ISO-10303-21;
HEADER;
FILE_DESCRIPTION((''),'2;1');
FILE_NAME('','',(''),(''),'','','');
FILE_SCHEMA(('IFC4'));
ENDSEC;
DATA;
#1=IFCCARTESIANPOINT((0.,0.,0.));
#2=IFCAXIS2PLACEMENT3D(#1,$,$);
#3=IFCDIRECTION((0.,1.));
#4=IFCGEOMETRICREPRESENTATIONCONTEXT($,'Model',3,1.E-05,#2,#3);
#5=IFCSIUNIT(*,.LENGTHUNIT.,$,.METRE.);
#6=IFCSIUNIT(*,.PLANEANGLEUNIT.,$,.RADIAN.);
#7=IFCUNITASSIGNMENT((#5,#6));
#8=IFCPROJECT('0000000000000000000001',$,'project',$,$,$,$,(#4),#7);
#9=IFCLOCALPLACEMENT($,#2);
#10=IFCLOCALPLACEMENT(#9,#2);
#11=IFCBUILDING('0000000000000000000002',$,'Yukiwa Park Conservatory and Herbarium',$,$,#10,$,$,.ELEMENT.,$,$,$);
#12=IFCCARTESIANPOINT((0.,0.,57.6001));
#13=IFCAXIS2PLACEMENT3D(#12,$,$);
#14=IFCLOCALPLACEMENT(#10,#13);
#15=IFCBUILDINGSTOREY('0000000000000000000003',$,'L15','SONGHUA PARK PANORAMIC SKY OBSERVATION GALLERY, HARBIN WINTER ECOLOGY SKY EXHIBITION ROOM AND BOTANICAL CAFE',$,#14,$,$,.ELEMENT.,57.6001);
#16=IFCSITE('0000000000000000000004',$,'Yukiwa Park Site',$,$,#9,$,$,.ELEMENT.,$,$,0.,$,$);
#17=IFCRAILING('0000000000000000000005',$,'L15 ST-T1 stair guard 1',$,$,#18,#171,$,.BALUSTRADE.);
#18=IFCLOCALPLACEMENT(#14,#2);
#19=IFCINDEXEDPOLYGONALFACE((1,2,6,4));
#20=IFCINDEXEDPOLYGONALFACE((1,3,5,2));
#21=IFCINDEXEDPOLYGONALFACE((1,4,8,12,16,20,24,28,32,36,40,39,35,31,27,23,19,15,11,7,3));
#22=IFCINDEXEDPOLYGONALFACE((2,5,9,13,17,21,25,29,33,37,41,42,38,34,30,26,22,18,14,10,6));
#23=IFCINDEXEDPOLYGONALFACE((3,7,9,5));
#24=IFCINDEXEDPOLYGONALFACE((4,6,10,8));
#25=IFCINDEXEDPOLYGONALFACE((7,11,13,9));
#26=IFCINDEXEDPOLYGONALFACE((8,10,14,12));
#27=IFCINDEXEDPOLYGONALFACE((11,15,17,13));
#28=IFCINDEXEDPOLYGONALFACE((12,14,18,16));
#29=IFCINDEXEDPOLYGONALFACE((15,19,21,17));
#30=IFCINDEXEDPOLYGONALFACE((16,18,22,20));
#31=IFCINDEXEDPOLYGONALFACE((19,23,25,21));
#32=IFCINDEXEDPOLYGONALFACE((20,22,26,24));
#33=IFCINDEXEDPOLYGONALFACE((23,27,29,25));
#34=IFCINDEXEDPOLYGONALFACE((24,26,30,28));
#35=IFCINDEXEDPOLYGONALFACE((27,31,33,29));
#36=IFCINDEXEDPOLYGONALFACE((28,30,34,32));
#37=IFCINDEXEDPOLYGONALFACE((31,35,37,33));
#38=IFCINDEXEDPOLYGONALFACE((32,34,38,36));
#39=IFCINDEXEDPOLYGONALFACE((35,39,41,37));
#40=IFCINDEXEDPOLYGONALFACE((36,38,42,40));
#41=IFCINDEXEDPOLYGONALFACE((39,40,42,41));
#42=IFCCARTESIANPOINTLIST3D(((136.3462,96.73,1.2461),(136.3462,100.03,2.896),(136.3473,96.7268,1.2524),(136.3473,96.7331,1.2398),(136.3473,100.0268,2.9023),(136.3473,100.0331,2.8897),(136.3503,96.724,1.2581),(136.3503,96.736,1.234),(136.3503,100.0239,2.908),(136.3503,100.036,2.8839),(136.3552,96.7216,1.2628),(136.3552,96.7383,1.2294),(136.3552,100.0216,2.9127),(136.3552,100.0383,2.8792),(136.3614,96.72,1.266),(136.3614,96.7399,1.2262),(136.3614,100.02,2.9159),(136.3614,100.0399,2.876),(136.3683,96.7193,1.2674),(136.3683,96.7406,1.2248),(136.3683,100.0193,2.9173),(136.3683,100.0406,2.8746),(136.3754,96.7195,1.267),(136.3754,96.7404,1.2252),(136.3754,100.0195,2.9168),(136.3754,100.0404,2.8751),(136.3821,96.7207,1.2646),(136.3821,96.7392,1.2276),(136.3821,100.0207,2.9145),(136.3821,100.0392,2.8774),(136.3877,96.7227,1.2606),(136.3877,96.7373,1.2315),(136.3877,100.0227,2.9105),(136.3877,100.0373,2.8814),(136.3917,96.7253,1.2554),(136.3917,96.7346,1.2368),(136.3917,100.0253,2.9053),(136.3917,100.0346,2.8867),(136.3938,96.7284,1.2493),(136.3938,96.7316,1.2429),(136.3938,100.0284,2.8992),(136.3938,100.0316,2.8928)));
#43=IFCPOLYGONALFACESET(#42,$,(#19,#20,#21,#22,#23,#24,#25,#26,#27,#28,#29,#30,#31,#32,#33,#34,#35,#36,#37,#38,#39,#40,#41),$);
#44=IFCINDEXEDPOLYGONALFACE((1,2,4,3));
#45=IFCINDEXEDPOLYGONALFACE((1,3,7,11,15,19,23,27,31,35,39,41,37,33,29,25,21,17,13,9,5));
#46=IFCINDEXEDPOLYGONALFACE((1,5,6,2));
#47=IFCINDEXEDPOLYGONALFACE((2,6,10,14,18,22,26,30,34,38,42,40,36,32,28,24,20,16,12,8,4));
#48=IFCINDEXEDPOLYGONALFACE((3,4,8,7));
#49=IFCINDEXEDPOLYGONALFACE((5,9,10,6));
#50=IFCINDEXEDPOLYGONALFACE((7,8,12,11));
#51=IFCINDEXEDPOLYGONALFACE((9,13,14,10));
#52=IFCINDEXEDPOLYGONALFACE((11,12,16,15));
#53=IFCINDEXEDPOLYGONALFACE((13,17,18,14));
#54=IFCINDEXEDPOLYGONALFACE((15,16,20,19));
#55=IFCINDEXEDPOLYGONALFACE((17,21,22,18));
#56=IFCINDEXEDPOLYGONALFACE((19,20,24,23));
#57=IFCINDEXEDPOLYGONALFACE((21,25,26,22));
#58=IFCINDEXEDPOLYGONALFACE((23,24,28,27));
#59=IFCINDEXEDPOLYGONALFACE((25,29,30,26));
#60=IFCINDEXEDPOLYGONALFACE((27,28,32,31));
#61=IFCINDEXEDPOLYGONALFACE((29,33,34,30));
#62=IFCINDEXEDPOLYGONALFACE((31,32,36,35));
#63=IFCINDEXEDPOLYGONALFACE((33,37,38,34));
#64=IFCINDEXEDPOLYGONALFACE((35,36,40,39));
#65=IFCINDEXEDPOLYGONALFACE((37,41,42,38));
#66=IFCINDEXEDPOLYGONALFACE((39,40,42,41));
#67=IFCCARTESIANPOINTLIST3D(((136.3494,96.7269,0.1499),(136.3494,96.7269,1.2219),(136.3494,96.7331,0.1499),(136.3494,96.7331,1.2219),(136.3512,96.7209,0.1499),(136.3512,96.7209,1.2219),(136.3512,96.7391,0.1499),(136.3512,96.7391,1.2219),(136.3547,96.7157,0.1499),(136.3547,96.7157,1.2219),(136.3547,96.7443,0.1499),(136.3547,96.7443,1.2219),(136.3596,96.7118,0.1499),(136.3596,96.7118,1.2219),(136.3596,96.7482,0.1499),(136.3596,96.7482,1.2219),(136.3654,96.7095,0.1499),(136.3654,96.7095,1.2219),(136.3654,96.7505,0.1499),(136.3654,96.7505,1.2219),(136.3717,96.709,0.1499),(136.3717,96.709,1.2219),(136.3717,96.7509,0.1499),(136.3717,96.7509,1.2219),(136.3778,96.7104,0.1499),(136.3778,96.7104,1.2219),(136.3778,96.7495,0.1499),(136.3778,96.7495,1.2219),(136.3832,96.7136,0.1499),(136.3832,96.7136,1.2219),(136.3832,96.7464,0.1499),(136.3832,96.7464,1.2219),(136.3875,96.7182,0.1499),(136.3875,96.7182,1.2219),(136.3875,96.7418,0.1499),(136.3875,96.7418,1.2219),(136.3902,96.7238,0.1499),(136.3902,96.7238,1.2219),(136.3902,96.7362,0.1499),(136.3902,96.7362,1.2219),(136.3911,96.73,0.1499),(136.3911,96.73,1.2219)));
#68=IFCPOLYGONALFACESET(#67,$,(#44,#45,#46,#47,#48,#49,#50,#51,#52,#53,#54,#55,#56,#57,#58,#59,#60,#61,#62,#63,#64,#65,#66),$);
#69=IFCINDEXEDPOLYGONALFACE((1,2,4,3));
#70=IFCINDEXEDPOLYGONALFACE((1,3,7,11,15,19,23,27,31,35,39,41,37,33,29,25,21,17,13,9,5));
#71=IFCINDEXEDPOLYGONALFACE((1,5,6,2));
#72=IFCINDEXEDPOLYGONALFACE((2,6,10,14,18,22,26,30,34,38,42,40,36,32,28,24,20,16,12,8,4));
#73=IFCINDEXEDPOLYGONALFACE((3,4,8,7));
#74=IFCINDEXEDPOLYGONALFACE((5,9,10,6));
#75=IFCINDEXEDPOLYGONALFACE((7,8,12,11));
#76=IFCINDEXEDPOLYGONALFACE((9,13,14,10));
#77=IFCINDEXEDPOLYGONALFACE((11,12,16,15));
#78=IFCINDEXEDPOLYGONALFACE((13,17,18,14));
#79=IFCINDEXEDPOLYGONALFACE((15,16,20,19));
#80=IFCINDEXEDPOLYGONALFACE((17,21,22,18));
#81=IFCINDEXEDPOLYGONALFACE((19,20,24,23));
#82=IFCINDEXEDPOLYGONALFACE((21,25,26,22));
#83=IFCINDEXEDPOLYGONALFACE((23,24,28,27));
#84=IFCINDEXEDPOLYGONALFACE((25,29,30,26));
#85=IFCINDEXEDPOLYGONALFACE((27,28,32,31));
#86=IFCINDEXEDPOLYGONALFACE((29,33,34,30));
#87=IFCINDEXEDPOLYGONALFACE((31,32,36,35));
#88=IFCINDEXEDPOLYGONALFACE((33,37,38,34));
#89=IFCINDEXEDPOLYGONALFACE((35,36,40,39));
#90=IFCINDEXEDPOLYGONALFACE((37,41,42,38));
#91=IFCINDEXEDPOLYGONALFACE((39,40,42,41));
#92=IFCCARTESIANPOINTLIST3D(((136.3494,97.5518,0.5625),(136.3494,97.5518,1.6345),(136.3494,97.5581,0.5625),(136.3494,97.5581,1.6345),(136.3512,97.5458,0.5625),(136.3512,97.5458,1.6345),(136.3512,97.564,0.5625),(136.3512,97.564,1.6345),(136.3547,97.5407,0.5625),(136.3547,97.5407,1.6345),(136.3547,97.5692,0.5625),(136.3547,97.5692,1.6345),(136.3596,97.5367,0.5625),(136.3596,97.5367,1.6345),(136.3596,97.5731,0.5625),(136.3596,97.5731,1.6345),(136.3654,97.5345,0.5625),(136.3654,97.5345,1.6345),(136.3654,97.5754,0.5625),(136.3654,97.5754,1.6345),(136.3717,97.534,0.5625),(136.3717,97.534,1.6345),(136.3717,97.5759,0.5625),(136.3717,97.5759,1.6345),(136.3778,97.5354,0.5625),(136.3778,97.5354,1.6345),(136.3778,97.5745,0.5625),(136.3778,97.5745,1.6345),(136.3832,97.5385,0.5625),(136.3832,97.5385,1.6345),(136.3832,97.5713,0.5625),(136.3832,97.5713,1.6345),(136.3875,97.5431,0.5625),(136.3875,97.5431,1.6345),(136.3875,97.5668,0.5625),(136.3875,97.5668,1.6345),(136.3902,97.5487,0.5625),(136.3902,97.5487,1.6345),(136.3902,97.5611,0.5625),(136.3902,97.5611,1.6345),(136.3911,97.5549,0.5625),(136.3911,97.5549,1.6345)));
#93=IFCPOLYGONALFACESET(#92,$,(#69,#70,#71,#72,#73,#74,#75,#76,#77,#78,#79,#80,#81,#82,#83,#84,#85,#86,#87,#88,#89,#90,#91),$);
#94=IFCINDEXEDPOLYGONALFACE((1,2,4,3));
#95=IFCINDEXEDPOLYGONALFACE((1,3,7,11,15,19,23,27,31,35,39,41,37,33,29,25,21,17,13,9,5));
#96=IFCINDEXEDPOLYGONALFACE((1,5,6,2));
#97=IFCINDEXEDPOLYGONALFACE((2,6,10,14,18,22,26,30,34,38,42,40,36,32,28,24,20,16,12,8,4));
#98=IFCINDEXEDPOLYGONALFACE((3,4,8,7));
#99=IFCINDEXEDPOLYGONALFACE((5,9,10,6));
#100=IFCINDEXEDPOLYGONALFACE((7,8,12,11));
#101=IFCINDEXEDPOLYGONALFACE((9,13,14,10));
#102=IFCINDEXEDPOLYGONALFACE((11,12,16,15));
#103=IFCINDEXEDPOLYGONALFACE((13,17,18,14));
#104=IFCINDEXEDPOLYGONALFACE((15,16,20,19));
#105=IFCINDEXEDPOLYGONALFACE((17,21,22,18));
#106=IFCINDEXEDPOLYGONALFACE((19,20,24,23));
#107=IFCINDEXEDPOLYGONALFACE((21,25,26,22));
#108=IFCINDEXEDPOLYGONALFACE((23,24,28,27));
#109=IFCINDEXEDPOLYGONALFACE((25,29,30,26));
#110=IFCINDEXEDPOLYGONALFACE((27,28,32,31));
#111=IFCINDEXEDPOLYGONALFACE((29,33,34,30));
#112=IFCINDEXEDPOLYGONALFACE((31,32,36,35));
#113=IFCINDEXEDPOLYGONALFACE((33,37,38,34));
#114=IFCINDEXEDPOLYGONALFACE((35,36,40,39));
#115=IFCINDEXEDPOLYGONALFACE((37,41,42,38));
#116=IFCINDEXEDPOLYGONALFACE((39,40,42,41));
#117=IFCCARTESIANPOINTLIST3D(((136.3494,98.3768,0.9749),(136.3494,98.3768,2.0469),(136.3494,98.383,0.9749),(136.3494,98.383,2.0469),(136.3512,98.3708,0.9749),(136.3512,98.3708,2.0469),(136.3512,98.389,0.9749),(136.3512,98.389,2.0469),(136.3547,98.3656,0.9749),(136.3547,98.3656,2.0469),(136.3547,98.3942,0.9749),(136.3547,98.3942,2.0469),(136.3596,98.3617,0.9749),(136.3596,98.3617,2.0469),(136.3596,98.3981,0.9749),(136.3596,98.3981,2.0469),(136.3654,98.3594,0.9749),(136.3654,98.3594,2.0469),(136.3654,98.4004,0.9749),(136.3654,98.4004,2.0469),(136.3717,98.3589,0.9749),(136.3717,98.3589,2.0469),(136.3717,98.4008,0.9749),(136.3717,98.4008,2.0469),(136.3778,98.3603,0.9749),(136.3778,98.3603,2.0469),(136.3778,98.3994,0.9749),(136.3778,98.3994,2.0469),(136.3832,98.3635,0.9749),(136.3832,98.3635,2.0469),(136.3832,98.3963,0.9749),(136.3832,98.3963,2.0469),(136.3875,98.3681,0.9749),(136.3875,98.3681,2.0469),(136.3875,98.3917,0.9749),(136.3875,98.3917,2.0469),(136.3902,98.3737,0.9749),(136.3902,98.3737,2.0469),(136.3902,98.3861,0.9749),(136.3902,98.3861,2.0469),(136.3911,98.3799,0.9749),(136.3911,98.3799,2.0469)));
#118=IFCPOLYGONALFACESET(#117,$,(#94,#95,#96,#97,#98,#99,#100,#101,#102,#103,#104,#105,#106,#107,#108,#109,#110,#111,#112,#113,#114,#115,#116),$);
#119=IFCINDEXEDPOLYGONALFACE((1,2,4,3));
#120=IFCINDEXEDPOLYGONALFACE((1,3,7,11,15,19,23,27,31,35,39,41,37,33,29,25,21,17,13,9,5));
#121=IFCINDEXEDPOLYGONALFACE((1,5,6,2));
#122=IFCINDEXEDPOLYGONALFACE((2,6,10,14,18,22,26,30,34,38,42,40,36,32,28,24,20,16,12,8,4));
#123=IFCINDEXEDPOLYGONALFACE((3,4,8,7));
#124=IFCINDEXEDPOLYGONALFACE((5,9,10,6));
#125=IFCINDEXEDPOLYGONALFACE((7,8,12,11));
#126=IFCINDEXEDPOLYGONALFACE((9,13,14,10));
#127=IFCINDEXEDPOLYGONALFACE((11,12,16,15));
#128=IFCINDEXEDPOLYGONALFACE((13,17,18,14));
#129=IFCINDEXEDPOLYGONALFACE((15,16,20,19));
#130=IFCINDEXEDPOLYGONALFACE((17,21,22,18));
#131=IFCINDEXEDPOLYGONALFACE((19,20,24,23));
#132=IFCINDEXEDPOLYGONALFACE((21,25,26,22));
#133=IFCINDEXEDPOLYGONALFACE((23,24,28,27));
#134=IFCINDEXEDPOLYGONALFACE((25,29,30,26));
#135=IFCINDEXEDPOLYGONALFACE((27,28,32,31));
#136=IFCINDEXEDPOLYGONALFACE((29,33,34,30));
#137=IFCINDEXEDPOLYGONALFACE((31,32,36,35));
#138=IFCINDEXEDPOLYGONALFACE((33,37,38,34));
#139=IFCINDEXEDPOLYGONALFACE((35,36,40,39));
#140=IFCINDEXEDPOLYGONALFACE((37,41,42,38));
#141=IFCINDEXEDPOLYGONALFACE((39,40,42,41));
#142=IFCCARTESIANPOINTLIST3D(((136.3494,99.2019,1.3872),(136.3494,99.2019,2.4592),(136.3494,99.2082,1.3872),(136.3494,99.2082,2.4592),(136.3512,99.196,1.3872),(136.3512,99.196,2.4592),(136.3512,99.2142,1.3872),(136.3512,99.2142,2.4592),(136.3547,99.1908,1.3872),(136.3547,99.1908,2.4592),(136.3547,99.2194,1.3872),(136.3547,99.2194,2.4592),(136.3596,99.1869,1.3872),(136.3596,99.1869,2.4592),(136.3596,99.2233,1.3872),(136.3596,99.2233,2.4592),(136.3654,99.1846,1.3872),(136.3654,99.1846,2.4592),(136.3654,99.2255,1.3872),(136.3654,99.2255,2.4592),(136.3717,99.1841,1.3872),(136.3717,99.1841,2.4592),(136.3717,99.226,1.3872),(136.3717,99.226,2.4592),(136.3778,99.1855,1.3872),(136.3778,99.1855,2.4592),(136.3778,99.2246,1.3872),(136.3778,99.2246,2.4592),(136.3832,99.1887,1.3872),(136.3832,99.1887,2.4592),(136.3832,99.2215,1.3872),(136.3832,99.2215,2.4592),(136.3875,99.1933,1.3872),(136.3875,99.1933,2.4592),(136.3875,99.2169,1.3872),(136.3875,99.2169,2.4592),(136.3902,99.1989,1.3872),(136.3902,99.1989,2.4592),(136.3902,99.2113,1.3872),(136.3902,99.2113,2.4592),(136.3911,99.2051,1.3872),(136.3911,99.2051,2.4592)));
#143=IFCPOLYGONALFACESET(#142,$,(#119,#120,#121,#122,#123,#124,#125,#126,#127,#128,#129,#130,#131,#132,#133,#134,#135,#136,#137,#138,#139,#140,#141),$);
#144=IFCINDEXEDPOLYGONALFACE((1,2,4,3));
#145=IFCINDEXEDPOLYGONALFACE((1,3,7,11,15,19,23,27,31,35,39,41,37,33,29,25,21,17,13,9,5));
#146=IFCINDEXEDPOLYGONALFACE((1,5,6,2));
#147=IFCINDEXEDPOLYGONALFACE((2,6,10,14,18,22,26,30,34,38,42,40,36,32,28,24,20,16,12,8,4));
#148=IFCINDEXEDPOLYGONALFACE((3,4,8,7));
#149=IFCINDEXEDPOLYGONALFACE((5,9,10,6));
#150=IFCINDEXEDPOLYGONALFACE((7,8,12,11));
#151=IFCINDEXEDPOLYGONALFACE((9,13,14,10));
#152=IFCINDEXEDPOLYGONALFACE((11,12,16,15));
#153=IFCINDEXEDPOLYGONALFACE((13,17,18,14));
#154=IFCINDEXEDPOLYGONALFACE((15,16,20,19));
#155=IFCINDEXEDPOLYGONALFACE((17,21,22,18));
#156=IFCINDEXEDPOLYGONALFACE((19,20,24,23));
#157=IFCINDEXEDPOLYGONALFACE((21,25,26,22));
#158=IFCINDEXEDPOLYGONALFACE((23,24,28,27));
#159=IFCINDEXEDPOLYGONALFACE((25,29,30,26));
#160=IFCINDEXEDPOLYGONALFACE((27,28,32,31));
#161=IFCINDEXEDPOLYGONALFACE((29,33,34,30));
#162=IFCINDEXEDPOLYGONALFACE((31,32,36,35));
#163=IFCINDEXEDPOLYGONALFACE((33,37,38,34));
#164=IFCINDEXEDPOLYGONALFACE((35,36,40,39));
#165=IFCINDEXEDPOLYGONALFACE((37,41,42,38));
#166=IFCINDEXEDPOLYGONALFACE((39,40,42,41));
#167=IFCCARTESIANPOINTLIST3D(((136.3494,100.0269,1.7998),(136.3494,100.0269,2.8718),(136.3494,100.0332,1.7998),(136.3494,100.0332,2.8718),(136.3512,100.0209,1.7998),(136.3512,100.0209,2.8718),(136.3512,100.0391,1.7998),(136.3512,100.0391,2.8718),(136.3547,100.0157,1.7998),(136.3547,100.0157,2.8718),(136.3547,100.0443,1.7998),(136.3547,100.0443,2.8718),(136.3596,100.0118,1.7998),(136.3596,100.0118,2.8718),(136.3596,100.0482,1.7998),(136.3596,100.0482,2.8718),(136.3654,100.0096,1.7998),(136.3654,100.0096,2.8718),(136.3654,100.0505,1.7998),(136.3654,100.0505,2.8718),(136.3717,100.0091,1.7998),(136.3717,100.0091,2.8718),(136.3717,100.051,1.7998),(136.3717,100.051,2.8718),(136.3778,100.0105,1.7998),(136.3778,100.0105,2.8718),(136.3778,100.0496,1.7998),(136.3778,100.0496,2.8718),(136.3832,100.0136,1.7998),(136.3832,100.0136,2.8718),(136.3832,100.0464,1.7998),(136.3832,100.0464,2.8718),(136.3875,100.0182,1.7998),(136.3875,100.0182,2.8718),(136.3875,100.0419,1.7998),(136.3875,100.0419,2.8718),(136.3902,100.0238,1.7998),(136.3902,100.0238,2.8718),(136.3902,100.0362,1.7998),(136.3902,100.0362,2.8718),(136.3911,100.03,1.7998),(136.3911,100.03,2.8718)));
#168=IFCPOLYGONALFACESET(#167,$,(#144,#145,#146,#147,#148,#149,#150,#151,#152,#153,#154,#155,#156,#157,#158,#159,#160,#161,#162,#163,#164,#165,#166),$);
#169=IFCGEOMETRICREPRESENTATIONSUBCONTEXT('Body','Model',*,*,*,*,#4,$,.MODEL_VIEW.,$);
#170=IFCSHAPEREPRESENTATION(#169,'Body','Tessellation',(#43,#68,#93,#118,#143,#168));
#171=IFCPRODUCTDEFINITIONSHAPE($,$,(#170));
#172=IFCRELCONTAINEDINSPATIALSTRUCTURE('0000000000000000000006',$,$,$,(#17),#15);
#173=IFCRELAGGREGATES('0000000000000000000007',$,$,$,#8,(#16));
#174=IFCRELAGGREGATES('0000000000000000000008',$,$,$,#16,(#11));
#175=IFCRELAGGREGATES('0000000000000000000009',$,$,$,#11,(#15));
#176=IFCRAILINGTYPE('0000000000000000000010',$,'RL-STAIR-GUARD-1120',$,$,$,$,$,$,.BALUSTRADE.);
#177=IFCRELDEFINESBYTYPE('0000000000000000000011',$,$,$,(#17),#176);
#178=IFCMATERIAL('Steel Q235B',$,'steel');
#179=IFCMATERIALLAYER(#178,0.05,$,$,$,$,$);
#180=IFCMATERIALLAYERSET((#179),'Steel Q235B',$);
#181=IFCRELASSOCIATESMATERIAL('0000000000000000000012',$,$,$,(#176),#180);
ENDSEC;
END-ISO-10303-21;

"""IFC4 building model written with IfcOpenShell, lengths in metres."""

from ifc_helpers import new_model, si_unit, direction, frame, origin, origin_2d, place, context, subcontext, project, spatial, circle, extrude, material, layer, layer_set, type_object, element, save


model = new_model("IFC4")

# Units and contexts
model_context = context("Model", 3, precision=1e-05, world=origin(), true_north=direction((0.0, 1.0)))
body_context = subcontext(model_context, "Body", "Model", "MODEL_VIEW")
ifc_project = project(units=[si_unit("LENGTHUNIT", "METRE"), si_unit("PLANEANGLEUNIT", "RADIAN")], contexts=[model_context])

# Site, building, storey
site_placement = place(None, origin())
site = spatial("IfcSite", under=ifc_project, at=site_placement, Name="Yukiwa Park Site", CompositionType="ELEMENT", RefElevation=0.0)
building_placement = place(site_placement, origin())
building = spatial("IfcBuilding", under=site, at=building_placement, Name="Yukiwa Park Conservatory and Herbarium", CompositionType="ELEMENT")
storey_placement = place(building_placement, frame((0.0, 0.0, 57.6001)))
storey = spatial("IfcBuildingStorey", under=building, at=storey_placement, Name="L15", Description="SONGHUA PARK PANORAMIC SKY OBSERVATION GALLERY, HARBIN WINTER ECOLOGY SKY EXHIBITION ROOM AND BOTANICAL CAFE", CompositionType="ELEMENT", Elevation=57.6001)

# Railing
ifc_material_1 = material(Name="Steel Q235B", Category="steel")
ifc_layer_1 = layer(ifc_material_1, 0.05)
ifc_layer_set_1 = layer_set([ifc_layer_1], Name="Steel Q235B")
railing_type_1 = type_object("IfcRailingType", Name="RL-STAIR-GUARD-1120", PredefinedType="BALUSTRADE", material=ifc_layer_set_1)
railing_1_placement = place(storey_placement, frame((136.3701, 96.73, 0.1499)))
element("IfcRailing", 1, at=railing_1_placement, inside=storey, type_object=railing_type_1, Name="L15 ST-T1 stair guard 1", PredefinedType="BALUSTRADE", context=body_context, shape_type="SweptSolid", body=[
    extrude(circle(Radius=0.0239, at=origin_2d()), frame((0.0, 0.0, 1.0962), z_axis=(0.0, 0.89444, 0.447187), x_axis=(-1.0, 0.0, 0.0)), (0.0, 0.0, 1.0), 3.6895),
    extrude(circle(Radius=0.021, at=origin_2d()), origin(), (0.0, 0.0, 1.0), 1.072),
    extrude(circle(Radius=0.021, at=origin_2d()), frame((0.0, 0.825, 0.4126)), (0.0, 0.0, 1.0), 1.072),
    extrude(circle(Radius=0.021, at=origin_2d()), frame((0.0, 1.6499, 0.825)), (0.0, 0.0, 1.0), 1.072),
    extrude(circle(Radius=0.021, at=origin_2d()), frame((0.0, 2.4751, 1.2373)), (0.0, 0.0, 1.0), 1.072),
    extrude(circle(Radius=0.021, at=origin_2d()), frame((0.0, 3.3, 1.6499)), (0.0, 0.0, 1.0), 1.072),
])

save(model, "model.ifc")
